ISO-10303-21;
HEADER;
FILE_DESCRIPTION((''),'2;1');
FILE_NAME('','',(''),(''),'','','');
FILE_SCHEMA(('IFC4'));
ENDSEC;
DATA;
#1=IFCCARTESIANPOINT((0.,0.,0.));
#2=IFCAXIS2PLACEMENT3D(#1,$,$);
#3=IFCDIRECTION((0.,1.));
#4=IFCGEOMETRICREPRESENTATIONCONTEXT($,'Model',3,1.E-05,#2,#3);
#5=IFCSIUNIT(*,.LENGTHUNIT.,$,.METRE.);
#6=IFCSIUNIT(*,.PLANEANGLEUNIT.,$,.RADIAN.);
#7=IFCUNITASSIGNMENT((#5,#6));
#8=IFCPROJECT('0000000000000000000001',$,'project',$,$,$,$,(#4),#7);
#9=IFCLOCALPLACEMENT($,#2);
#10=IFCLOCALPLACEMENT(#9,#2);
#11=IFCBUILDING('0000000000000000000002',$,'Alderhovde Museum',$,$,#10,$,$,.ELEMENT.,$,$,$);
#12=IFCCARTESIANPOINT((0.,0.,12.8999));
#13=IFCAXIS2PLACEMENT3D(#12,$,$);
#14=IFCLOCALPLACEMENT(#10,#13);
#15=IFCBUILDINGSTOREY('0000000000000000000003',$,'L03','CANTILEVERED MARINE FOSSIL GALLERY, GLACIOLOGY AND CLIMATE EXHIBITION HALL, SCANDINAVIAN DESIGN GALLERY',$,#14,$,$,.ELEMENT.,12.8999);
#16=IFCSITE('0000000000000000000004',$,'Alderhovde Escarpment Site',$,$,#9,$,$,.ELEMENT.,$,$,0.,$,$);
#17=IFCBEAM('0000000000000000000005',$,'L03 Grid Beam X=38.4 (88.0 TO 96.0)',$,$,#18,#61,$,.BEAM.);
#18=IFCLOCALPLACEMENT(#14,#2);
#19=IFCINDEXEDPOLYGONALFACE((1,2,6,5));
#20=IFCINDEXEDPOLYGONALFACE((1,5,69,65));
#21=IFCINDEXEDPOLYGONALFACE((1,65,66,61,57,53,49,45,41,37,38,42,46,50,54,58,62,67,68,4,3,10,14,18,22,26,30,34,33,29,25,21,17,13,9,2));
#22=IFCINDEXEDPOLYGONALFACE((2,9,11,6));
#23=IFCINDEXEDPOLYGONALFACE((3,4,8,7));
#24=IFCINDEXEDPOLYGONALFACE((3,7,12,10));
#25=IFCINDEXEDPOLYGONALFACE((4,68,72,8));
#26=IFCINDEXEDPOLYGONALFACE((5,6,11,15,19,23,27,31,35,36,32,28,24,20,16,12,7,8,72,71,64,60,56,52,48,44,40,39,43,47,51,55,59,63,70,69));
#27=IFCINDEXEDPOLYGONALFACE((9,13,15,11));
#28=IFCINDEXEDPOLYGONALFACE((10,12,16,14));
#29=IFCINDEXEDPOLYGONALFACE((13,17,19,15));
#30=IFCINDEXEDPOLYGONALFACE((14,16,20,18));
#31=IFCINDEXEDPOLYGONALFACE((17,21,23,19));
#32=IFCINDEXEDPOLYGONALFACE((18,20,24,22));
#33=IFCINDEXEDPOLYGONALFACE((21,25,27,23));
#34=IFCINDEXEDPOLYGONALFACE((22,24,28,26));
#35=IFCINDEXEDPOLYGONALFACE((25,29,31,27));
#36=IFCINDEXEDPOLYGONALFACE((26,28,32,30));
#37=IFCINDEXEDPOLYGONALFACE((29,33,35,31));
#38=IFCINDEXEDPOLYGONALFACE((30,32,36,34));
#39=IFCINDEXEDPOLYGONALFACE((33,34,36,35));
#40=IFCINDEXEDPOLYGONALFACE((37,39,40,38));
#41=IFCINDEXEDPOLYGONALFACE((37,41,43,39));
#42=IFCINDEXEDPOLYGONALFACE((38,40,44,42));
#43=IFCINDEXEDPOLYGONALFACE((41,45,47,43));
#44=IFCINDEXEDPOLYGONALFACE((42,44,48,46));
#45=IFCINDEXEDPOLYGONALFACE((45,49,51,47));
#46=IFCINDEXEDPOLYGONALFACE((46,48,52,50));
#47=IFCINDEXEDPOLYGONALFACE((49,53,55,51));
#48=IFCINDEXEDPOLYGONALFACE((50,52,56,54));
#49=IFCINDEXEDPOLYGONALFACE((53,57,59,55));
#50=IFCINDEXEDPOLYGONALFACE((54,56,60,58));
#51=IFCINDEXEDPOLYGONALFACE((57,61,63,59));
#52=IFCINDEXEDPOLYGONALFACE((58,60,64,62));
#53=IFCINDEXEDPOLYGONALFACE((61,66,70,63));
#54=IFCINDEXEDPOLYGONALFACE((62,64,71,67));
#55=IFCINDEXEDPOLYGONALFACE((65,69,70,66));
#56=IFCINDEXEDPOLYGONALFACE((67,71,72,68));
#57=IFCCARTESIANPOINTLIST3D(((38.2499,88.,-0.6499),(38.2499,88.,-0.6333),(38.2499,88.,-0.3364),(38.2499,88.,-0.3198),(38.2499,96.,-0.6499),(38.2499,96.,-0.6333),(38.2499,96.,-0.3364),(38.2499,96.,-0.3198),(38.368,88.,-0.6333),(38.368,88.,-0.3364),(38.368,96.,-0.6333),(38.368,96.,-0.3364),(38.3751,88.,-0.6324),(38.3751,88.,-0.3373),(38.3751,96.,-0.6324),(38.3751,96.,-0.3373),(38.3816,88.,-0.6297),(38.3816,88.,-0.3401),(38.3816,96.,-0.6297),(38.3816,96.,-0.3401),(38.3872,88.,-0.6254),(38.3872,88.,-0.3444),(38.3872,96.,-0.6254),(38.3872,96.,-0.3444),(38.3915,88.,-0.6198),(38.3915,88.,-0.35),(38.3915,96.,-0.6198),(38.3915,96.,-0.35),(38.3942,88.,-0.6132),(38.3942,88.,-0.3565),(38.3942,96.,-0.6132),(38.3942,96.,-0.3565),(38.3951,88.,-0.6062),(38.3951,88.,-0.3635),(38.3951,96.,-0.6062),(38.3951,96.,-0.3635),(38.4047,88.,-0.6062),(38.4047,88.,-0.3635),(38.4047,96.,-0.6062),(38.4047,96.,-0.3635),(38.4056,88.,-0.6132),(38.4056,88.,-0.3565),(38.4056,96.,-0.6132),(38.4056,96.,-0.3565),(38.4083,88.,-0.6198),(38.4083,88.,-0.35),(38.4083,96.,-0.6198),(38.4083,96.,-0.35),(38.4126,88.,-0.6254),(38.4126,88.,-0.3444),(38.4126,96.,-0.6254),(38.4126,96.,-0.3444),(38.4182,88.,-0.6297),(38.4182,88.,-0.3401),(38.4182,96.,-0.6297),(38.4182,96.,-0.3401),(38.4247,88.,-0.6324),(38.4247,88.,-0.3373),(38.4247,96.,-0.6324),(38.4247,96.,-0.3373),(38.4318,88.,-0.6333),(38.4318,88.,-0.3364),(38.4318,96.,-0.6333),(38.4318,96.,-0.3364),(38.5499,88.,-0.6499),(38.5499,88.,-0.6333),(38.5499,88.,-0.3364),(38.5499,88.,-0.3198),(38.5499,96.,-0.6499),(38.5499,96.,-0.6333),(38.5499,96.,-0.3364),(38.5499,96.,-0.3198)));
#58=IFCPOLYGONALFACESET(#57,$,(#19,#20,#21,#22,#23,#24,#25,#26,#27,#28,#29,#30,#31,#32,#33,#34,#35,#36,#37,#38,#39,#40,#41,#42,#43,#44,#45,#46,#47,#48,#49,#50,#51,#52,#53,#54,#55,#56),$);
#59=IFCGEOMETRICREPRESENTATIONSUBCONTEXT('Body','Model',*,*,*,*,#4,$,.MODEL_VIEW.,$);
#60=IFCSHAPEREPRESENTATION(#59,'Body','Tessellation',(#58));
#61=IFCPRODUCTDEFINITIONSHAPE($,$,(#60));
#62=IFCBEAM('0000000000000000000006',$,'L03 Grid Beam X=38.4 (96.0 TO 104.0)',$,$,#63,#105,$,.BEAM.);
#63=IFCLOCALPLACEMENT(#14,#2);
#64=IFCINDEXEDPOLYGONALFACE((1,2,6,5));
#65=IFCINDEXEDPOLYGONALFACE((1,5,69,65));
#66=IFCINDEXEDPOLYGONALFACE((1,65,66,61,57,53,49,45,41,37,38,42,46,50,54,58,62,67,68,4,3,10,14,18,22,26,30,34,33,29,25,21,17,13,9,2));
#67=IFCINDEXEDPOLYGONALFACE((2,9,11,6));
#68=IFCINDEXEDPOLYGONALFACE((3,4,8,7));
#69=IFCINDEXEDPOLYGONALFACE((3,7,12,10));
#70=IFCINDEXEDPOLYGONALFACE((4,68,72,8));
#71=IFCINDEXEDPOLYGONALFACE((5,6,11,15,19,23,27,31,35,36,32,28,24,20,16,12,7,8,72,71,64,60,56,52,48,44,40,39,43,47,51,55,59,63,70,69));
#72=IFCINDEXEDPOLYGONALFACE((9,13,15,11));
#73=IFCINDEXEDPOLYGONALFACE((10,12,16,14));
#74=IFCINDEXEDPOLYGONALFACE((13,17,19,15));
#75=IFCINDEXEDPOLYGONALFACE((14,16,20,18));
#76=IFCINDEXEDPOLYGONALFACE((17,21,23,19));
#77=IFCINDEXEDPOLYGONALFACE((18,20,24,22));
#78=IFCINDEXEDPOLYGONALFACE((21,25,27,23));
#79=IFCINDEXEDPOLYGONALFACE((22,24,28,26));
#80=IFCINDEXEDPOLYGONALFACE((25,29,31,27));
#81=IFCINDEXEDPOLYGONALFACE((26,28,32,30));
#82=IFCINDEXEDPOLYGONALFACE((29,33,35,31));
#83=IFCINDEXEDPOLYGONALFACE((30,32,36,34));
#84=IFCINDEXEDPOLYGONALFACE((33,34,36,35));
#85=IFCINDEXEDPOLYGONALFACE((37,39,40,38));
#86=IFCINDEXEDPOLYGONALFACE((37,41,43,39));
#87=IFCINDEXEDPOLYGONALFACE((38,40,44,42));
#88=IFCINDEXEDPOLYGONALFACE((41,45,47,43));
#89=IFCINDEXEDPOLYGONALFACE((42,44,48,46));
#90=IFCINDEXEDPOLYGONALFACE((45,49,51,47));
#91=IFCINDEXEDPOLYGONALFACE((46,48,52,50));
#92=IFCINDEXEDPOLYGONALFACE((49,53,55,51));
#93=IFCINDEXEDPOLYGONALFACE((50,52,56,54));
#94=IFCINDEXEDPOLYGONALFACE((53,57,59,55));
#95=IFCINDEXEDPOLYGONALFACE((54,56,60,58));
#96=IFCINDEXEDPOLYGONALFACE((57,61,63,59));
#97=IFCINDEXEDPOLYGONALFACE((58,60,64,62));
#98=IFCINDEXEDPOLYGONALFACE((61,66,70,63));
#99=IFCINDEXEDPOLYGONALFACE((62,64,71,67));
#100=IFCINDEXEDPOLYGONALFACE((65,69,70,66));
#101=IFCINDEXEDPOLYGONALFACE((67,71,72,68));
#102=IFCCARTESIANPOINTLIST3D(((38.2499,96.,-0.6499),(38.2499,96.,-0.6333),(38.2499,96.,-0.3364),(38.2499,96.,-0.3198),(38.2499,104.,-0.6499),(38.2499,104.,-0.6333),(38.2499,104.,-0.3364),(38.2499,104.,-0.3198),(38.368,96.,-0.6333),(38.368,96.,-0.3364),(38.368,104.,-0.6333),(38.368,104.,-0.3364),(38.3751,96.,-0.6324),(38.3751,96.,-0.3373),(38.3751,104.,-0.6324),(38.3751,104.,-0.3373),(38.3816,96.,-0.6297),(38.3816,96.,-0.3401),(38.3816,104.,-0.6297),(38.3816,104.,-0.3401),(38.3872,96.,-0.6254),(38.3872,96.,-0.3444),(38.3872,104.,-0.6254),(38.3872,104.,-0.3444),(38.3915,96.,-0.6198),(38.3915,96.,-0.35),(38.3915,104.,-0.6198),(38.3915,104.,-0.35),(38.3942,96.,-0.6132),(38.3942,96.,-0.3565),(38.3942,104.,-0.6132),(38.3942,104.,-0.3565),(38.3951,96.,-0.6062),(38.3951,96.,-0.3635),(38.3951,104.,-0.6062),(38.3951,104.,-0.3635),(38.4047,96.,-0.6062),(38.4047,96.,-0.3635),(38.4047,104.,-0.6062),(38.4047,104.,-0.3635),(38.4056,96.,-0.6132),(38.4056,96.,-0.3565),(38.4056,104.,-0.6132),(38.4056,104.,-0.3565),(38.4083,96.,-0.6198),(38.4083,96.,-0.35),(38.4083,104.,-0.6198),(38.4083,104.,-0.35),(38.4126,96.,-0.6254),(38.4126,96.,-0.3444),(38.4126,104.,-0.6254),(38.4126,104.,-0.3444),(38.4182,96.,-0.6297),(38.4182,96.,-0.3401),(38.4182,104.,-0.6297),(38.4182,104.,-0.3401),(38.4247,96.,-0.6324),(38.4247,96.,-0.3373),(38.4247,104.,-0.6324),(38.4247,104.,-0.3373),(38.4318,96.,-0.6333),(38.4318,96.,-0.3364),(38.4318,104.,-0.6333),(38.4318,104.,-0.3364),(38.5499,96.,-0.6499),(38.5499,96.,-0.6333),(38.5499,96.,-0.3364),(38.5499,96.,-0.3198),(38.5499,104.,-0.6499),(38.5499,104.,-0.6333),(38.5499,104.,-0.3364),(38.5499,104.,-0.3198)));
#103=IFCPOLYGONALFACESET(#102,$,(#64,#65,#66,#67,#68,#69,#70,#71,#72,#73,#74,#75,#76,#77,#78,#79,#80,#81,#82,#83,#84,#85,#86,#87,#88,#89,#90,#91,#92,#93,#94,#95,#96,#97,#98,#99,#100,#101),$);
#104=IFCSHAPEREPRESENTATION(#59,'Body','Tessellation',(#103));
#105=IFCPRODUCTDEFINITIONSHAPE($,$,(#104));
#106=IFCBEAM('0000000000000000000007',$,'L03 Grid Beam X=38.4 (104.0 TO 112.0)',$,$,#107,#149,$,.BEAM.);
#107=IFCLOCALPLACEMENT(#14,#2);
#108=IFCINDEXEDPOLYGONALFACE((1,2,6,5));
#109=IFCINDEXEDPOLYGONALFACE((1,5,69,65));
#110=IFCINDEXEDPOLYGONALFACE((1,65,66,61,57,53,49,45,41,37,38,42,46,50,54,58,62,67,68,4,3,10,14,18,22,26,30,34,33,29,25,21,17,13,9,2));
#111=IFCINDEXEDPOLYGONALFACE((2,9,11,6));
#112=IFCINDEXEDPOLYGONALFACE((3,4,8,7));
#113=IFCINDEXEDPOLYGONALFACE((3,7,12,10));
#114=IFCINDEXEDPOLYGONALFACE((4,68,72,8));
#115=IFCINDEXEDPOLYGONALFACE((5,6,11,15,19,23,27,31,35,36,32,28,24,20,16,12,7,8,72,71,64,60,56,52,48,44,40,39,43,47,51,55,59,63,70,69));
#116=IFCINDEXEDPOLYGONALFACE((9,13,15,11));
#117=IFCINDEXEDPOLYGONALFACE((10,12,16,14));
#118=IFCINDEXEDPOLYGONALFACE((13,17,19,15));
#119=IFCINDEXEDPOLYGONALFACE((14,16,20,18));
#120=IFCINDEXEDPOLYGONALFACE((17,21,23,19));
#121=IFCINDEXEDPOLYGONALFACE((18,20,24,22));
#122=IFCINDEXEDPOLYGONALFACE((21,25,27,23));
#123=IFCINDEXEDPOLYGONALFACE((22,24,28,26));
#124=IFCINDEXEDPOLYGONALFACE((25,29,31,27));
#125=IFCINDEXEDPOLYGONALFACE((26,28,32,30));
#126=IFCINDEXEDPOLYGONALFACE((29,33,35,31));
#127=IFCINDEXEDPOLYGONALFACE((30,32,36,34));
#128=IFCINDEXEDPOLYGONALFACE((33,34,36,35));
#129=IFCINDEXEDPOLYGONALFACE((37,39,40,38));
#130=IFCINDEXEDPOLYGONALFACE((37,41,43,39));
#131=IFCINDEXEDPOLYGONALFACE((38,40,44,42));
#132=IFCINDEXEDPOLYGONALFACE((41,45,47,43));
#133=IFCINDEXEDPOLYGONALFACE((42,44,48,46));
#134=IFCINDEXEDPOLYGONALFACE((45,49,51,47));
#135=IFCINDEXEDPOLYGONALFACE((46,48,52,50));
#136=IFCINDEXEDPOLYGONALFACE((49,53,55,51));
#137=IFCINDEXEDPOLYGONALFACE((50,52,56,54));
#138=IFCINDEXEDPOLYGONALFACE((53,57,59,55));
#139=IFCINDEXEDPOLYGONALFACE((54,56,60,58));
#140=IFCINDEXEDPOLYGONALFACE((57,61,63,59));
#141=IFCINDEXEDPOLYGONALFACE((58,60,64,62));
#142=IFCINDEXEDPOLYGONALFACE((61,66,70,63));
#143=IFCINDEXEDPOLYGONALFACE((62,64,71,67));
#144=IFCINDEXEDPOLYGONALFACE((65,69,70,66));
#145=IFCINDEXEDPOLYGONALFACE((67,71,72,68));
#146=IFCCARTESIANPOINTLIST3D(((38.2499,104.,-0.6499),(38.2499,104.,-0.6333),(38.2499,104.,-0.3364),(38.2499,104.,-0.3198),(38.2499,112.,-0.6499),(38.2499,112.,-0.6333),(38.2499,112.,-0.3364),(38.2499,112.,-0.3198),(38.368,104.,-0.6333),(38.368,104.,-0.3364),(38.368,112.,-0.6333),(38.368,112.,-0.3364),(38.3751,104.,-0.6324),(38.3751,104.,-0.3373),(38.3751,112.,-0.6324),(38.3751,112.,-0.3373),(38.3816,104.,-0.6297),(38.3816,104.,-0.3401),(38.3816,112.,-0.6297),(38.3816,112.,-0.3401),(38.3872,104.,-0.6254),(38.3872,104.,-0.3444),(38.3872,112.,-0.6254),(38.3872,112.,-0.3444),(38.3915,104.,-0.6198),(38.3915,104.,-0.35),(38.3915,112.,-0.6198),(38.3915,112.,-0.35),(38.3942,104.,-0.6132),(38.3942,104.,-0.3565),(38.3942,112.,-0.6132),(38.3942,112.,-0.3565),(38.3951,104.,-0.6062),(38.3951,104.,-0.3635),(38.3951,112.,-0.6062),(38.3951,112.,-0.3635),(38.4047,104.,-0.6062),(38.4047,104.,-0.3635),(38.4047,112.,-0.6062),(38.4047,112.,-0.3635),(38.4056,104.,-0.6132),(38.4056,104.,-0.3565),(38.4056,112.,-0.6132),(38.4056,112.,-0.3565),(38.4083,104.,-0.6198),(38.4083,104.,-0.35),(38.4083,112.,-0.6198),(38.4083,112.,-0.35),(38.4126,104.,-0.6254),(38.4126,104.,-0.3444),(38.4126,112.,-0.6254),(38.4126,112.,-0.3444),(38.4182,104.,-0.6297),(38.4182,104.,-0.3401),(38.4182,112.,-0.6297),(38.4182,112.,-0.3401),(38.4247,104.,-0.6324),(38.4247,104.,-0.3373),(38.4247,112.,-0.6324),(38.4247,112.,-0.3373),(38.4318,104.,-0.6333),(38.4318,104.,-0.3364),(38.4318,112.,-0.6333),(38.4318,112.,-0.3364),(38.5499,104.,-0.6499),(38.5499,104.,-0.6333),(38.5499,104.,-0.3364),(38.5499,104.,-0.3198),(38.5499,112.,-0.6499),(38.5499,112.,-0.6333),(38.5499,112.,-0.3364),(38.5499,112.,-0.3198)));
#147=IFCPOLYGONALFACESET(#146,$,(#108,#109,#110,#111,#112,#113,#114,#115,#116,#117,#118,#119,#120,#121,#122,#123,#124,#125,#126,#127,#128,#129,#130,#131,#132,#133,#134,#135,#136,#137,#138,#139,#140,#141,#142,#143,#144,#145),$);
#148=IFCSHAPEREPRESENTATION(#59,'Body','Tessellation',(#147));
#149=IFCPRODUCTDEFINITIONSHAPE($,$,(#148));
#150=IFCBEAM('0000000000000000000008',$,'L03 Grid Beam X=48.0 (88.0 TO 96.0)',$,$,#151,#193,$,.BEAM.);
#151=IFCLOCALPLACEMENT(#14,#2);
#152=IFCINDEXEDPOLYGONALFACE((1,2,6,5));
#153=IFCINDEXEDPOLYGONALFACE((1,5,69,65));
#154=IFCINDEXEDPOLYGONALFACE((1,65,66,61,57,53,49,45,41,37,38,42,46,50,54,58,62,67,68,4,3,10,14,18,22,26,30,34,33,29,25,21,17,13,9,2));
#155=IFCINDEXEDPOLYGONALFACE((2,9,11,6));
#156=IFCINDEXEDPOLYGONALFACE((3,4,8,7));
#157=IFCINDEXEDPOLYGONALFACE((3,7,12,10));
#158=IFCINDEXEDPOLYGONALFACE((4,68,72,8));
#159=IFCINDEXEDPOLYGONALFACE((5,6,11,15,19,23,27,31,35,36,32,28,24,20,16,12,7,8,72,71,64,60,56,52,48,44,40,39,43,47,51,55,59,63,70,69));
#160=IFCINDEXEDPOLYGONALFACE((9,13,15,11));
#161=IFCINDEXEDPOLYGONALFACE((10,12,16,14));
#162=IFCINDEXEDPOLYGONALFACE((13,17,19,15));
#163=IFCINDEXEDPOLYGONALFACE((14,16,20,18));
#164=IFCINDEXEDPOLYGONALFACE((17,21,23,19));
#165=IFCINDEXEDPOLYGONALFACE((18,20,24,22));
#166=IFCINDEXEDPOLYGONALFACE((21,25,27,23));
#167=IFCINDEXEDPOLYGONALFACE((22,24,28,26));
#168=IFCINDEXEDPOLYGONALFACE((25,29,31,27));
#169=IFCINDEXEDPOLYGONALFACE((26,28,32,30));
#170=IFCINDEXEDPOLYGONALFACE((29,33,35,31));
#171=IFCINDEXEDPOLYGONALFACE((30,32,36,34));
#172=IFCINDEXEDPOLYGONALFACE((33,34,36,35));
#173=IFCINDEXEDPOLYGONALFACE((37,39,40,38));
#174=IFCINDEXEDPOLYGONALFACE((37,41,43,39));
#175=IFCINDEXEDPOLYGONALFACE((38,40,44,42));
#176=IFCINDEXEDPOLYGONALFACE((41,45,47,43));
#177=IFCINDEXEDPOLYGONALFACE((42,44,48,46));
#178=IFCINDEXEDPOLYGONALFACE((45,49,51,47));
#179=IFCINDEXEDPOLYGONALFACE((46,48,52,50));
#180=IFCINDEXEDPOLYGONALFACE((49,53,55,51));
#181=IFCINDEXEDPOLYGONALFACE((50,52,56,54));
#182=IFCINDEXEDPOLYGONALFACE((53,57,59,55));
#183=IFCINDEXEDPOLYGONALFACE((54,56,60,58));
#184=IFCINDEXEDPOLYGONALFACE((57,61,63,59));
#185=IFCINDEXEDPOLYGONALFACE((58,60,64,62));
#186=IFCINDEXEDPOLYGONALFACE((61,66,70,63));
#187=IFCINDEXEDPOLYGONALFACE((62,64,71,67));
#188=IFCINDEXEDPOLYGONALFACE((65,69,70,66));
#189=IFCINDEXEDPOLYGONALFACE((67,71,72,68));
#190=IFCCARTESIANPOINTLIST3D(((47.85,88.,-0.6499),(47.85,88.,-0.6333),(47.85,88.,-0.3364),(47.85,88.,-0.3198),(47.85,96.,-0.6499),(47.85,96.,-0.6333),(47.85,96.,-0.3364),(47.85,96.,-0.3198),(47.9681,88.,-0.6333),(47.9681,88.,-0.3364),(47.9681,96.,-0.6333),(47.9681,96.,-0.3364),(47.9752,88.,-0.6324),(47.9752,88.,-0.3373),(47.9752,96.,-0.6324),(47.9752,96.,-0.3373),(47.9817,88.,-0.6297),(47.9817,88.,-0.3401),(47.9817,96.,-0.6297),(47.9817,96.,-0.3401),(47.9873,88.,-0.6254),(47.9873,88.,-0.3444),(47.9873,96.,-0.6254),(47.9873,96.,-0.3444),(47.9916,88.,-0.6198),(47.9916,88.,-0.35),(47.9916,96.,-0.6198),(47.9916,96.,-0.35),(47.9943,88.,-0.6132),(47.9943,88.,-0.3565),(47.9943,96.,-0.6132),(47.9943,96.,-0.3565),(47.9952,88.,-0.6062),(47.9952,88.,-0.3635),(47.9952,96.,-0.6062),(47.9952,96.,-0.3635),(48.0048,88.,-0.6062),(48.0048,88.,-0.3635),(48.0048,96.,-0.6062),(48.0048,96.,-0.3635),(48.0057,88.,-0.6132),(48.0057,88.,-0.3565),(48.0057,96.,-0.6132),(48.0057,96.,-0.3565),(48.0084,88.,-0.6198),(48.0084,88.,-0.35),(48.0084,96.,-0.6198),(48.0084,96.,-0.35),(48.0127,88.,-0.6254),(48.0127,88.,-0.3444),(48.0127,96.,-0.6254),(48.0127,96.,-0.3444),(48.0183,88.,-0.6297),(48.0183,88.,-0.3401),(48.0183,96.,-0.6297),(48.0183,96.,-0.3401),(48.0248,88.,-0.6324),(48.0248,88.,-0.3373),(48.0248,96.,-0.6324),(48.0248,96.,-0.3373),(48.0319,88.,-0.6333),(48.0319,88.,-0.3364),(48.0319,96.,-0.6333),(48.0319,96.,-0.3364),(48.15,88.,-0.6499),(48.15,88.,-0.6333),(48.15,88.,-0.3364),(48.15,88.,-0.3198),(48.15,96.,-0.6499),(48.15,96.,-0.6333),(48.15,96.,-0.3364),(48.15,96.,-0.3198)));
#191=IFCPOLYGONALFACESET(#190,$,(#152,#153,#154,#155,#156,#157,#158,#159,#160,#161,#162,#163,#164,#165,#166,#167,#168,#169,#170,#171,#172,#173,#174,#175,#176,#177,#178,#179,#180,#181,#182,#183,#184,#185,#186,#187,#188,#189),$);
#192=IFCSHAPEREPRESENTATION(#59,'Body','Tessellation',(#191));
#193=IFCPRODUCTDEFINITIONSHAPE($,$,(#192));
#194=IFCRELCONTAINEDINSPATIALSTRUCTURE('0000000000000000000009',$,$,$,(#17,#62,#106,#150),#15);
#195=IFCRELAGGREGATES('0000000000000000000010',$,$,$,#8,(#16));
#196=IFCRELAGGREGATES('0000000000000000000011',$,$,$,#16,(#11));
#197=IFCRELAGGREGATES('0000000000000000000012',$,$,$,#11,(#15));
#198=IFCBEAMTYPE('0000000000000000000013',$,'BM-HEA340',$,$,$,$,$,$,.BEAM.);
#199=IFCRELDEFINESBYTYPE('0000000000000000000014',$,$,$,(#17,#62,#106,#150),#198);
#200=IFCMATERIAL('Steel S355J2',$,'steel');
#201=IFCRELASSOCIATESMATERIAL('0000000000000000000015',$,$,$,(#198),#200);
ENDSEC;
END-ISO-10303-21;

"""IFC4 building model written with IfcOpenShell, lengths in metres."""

from ifc_helpers import new_model, si_unit, direction, frame, origin, origin_2d, place, context, subcontext, project, spatial, i_section, extrude, material, material_profile, profile_set, type_object, element, save


model = new_model("IFC4")

# Units and contexts
model_context = context("Model", 3, precision=1e-05, world=origin(), true_north=direction((0.0, 1.0)))
body_context = subcontext(model_context, "Body", "Model", "MODEL_VIEW")
ifc_project = project(units=[si_unit("LENGTHUNIT", "METRE"), si_unit("PLANEANGLEUNIT", "RADIAN")], contexts=[model_context])

# Site, building, storey
site_placement = place(None, origin())
site = spatial("IfcSite", under=ifc_project, at=site_placement, Name="Alderhovde Escarpment Site", CompositionType="ELEMENT", RefElevation=0.0)
building_placement = place(site_placement, origin())
building = spatial("IfcBuilding", under=site, at=building_placement, Name="Alderhovde Museum", CompositionType="ELEMENT")
storey_placement = place(building_placement, frame((0.0, 0.0, 12.8999)))
storey = spatial("IfcBuildingStorey", under=building, at=storey_placement, Name="L03", Description="CANTILEVERED MARINE FOSSIL GALLERY, GLACIOLOGY AND CLIMATE EXHIBITION HALL, SCANDINAVIAN DESIGN GALLERY", CompositionType="ELEMENT", Elevation=12.8999)

# Beams
ifc_material_1 = material(Name="Steel S355J2", Category="steel")
ifc_material_profile_1 = material_profile(ifc_material_1, i_section(OverallWidth=0.3, OverallDepth=0.3301, WebThickness=0.0095, FlangeThickness=0.0166, FilletRadius=0.0271, at=origin_2d()), Name="HEA 340")
ifc_profile_set_1 = profile_set([ifc_material_profile_1], Name="Steel S355J2")
beam_type_1 = type_object("IfcBeamType", Name="BM-HEA340", PredefinedType="BEAM", material=ifc_profile_set_1)
for number, where, z_axis, x_axis, name in (
    (1, (38.3999, 88.0, -0.4849), (0.0, 1.0, 0.0), (-1.0, 0.0, 0.0), "L03 Grid Beam X=38.4 (88.0 TO 96.0)"),
    (2, (38.3999, 96.0, -0.4849), (0.0, 1.0, 0.0), (-1.0, 0.0, 0.0), "L03 Grid Beam X=38.4 (96.0 TO 104.0)"),
    (3, (38.3999, 104.0, -0.4849), (0.0, 1.0, 0.0), (-1.0, 0.0, 0.0), "L03 Grid Beam X=38.4 (104.0 TO 112.0)"),
    (4, (48.0, 88.0, -0.4849), (0.0, 1.0, 0.0), (-1.0, 0.0, 0.0), "L03 Grid Beam X=48.0 (88.0 TO 96.0)"),
):
    element("IfcBeam", number, at=place(storey_placement, frame(where, z_axis=z_axis, x_axis=x_axis)), inside=storey, type_object=beam_type_1, Name=name, PredefinedType="BEAM", context=body_context, shape_type="SweptSolid", body=[
        extrude(i_section(OverallWidth=0.3, OverallDepth=0.3301, WebThickness=0.0095, FlangeThickness=0.0166, FilletRadius=0.0271, at=origin_2d()), origin(), (0.0, 0.0, 1.0), 8.0),
    ])

save(model, "model.ifc")
